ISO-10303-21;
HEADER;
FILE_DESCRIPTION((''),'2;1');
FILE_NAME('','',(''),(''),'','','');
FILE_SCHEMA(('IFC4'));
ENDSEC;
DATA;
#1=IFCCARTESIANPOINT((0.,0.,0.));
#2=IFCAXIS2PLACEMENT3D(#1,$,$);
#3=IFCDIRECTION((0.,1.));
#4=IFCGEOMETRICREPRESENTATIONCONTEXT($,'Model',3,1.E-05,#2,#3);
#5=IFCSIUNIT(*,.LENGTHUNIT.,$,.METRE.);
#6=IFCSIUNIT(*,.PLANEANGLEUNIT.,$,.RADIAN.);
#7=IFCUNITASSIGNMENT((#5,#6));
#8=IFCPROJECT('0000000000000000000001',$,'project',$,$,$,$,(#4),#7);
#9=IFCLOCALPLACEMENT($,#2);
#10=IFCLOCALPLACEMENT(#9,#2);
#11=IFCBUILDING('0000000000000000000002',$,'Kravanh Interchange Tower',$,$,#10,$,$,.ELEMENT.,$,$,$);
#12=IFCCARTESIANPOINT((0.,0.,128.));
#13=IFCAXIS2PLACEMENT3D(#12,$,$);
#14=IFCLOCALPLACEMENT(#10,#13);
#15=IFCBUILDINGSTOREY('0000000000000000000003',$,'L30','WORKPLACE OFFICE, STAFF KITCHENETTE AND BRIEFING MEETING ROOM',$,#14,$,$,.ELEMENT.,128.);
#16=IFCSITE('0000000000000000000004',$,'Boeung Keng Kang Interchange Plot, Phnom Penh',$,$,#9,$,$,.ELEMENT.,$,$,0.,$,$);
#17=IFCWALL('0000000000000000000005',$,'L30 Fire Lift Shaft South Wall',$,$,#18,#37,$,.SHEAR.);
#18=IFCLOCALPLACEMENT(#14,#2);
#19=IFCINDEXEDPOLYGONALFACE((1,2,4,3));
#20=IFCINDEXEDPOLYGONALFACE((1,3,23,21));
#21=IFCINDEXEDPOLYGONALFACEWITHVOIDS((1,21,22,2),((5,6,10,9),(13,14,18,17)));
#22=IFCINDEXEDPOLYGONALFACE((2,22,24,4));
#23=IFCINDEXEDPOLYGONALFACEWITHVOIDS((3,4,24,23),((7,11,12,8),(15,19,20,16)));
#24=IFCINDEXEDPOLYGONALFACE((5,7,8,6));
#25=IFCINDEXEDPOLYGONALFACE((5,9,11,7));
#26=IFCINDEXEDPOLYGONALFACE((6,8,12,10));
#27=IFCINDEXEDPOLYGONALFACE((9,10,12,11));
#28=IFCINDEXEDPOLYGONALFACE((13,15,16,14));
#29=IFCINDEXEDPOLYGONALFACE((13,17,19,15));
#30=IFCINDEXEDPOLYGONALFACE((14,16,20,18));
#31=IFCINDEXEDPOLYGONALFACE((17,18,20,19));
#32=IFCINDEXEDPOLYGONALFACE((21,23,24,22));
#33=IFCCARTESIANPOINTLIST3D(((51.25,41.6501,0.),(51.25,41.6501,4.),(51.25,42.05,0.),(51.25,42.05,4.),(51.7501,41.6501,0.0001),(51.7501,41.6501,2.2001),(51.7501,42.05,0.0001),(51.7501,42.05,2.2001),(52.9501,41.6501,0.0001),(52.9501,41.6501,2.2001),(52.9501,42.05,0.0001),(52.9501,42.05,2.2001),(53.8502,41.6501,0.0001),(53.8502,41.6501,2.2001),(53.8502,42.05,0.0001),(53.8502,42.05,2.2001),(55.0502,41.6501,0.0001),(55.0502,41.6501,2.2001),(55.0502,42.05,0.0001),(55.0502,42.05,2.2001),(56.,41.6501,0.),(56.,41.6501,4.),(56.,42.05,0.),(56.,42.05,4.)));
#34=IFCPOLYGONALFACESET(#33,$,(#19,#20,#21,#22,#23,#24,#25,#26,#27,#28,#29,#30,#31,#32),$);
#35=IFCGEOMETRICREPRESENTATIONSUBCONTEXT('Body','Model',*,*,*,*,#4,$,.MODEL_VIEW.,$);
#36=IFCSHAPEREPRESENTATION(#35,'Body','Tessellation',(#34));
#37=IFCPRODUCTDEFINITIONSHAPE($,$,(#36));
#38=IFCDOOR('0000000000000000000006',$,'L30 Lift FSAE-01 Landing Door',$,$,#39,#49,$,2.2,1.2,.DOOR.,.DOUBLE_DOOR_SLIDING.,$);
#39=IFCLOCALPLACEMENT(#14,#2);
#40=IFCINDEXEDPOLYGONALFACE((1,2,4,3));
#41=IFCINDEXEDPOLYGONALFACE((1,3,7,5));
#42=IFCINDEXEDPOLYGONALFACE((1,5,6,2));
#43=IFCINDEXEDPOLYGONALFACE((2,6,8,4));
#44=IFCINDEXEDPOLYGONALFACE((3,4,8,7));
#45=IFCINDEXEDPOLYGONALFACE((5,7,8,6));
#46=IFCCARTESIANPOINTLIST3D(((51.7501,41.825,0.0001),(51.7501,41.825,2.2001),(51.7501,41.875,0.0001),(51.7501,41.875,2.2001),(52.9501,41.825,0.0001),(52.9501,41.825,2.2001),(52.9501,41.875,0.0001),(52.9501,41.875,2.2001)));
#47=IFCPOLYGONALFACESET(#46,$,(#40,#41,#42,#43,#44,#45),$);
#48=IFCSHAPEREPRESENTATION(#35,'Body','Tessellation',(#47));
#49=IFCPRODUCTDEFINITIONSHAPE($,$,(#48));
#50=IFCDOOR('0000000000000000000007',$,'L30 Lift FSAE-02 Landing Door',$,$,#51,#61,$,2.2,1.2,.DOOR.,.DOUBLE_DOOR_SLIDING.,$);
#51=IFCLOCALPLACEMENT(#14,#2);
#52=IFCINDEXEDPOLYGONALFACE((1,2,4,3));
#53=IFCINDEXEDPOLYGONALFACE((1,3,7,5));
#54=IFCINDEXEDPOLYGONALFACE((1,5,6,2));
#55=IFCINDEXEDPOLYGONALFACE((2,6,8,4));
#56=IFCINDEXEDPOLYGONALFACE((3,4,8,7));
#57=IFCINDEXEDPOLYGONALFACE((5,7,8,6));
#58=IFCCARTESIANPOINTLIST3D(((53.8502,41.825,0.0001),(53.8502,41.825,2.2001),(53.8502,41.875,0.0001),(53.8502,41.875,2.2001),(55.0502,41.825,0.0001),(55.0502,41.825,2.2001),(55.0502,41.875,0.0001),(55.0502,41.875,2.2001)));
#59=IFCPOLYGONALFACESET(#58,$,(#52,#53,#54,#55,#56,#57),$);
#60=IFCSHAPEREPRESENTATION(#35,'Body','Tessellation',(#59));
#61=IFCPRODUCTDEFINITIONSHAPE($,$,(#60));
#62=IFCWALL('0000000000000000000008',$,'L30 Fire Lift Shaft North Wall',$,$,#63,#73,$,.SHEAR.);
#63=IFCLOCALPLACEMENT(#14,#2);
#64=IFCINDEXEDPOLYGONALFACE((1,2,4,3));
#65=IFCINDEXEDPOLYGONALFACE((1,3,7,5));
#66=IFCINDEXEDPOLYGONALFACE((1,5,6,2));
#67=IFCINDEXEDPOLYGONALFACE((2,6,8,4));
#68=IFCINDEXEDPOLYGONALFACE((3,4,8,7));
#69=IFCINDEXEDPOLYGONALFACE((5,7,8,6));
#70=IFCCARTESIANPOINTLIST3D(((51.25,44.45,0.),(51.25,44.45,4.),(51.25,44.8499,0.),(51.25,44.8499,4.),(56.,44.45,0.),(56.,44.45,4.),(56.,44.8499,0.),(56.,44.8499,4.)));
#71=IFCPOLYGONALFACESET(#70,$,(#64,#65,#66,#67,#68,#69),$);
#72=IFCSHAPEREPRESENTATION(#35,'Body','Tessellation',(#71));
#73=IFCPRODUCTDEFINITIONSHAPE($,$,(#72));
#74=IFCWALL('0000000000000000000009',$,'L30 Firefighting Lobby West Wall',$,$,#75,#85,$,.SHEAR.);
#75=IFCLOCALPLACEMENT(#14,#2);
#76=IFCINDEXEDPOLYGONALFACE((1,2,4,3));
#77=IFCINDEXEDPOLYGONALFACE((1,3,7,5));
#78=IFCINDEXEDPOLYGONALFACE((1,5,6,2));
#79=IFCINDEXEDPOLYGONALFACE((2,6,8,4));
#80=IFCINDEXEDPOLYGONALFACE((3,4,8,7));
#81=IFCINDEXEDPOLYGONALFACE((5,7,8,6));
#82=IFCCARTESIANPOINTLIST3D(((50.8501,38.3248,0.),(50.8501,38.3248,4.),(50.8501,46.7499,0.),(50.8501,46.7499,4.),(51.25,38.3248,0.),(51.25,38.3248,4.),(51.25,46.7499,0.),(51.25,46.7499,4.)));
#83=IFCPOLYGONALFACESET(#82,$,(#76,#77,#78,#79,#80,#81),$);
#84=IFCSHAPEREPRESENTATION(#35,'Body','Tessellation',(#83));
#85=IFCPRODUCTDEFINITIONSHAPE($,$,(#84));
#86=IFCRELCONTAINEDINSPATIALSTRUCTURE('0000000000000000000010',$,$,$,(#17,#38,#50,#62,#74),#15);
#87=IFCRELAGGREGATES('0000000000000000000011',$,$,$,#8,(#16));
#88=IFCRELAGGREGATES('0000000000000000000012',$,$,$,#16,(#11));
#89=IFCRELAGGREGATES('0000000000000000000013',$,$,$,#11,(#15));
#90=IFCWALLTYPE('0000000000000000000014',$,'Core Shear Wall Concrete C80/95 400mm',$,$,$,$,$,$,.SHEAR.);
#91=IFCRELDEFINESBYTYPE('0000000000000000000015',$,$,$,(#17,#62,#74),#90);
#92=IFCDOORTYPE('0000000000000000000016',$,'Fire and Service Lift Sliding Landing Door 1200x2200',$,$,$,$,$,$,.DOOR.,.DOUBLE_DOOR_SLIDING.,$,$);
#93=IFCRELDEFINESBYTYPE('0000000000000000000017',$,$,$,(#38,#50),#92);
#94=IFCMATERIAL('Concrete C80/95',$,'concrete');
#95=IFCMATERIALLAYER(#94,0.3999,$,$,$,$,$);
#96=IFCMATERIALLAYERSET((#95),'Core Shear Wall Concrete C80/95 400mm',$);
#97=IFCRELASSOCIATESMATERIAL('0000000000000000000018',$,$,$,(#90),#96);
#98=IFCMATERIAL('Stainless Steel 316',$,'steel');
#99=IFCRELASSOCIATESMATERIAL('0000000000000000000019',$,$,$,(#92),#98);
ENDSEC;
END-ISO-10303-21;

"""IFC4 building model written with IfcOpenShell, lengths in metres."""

from ifc_helpers import new_model, si_unit, direction, frame, frame_2d, origin, place, context, subcontext, project, spatial, rectangle, extrude, material, layer, layer_set, type_object, element, fill, save


model = new_model("IFC4")

# Units and contexts
model_context = context("Model", 3, precision=1e-05, world=origin(), true_north=direction((0.0, 1.0)))
body_context = subcontext(model_context, "Body", "Model", "MODEL_VIEW")
ifc_project = project(units=[si_unit("LENGTHUNIT", "METRE"), si_unit("PLANEANGLEUNIT", "RADIAN")], contexts=[model_context])

# Site, building, storey
site_placement = place(None, origin())
site = spatial("IfcSite", under=ifc_project, at=site_placement, Name="Boeung Keng Kang Interchange Plot, Phnom Penh", CompositionType="ELEMENT", RefElevation=0.0)
building_placement = place(site_placement, origin())
building = spatial("IfcBuilding", under=site, at=building_placement, Name="Kravanh Interchange Tower", CompositionType="ELEMENT")
storey_placement = place(building_placement, frame((0.0, 0.0, 128.0)))
storey = spatial("IfcBuildingStorey", under=building, at=storey_placement, Name="L30", Description="WORKPLACE OFFICE, STAFF KITCHENETTE AND BRIEFING MEETING ROOM", CompositionType="ELEMENT", Elevation=128.0)

# Wall, openings, doors
ifc_material_1 = material(Name="Concrete C80/95", Category="concrete")
ifc_layer_1 = layer(ifc_material_1, 0.3999)
ifc_layer_set_1 = layer_set([ifc_layer_1], Name="Core Shear Wall Concrete C80/95 400mm")
wall_type_1 = type_object("IfcWallType", Name="Core Shear Wall Concrete C80/95 400mm", PredefinedType="SHEAR", material=ifc_layer_set_1)
wall_1_placement = place(storey_placement, frame((51.25, 41.8501, 0.0), z_axis=(0.0, 0.0, 1.0), x_axis=(1.0, 0.0, 0.0)))
wall_1 = element("IfcWall", 1, at=wall_1_placement, inside=storey, type_object=wall_type_1, Name="L30 Fire Lift Shaft South Wall", PredefinedType="SHEAR", context=body_context, shape_type="SweptSolid", body=[
    extrude(rectangle(XDim=4.75, YDim=0.3999, at=frame_2d((2.375, 0.0))), origin(), (0.0, 0.0, 1.0), 4.0),
])
opening_1_placement = place(wall_1_placement, frame((0.5, 0.0, 0.0)))
opening_1 = element("IfcOpeningElement", 2, at=opening_1_placement, cuts=wall_1, PredefinedType="OPENING", context=body_context, shape_type="SweptSolid", body=[
    extrude(rectangle(XDim=1.2, YDim=2.2, at=frame_2d((0.6001, 1.1001))), frame((0.0, 0.21, 0.0), z_axis=(0.0, -1.0, 0.0), x_axis=(1.0, 0.0, 0.0)), (0.0, 0.0, 1.0), 0.4199),
])
opening_2_placement = place(wall_1_placement, frame((2.6001, 0.0, 0.0)))
opening_2 = element("IfcOpeningElement", 3, at=opening_2_placement, cuts=wall_1, PredefinedType="OPENING", context=body_context, shape_type="SweptSolid", body=[
    extrude(rectangle(XDim=1.2, YDim=2.2, at=frame_2d((0.6001, 1.1001))), frame((0.0, 0.21, 0.0), z_axis=(0.0, -1.0, 0.0), x_axis=(1.0, 0.0, 0.0)), (0.0, 0.0, 1.0), 0.4199),
])
ifc_material_2 = material(Name="Stainless Steel 316", Category="steel")
door_type_1 = type_object("IfcDoorType", Name="Fire and Service Lift Sliding Landing Door 1200x2200", OperationType="DOUBLE_DOOR_SLIDING", PredefinedType="DOOR", material=ifc_material_2)
door_1_placement = place(opening_1_placement, origin())
door_1 = element("IfcDoor", 4, at=door_1_placement, inside=storey, type_object=door_type_1, Name="L30 Lift FSAE-01 Landing Door", OperationType="DOUBLE_DOOR_SLIDING", OverallHeight=2.2, OverallWidth=1.2, PredefinedType="DOOR", context=body_context, shape_type="SweptSolid", body=[
    extrude(rectangle(XDim=1.2, YDim=2.2, at=frame_2d((0.6001, 1.1001))), frame((0.0, 0.0249, 0.0), z_axis=(0.0, -1.0, 0.0), x_axis=(1.0, 0.0, 0.0)), (0.0, 0.0, 1.0), 0.05),
])
fill(opening_1, door_1)
door_2_placement = place(opening_2_placement, origin())
door_2 = element("IfcDoor", 5, at=door_2_placement, inside=storey, type_object=door_type_1, Name="L30 Lift FSAE-02 Landing Door", OperationType="DOUBLE_DOOR_SLIDING", OverallHeight=2.2, OverallWidth=1.2, PredefinedType="DOOR", context=body_context, shape_type="SweptSolid", body=[
    extrude(rectangle(XDim=1.2, YDim=2.2, at=frame_2d((0.6001, 1.1001))), frame((0.0, 0.0249, 0.0), z_axis=(0.0, -1.0, 0.0), x_axis=(1.0, 0.0, 0.0)), (0.0, 0.0, 1.0), 0.05),
])
fill(opening_2, door_2)

# Walls
wall_2_placement = place(storey_placement, frame((51.25, 44.6499, 0.0), z_axis=(0.0, 0.0, 1.0), x_axis=(1.0, 0.0, 0.0)))
element("IfcWall", 6, at=wall_2_placement, inside=storey, type_object=wall_type_1, Name="L30 Fire Lift Shaft North Wall", PredefinedType="SHEAR", context=body_context, shape_type="SweptSolid", body=[
    extrude(rectangle(XDim=4.75, YDim=0.3999, at=frame_2d((2.375, 0.0))), origin(), (0.0, 0.0, 1.0), 4.0),
])
wall_3_placement = place(storey_placement, frame((51.05, 38.325, 0.0), z_axis=(0.0, 0.0, 1.0), x_axis=(0.0, 1.0, 0.0)))
element("IfcWall", 7, at=wall_3_placement, inside=storey, type_object=wall_type_1, Name="L30 Firefighting Lobby West Wall", PredefinedType="SHEAR", context=body_context, shape_type="SweptSolid", body=[
    extrude(rectangle(XDim=8.425, YDim=0.3999, at=frame_2d((4.2124, 0.0))), origin(), (0.0, 0.0, 1.0), 4.0),
])

save(model, "model.ifc")
